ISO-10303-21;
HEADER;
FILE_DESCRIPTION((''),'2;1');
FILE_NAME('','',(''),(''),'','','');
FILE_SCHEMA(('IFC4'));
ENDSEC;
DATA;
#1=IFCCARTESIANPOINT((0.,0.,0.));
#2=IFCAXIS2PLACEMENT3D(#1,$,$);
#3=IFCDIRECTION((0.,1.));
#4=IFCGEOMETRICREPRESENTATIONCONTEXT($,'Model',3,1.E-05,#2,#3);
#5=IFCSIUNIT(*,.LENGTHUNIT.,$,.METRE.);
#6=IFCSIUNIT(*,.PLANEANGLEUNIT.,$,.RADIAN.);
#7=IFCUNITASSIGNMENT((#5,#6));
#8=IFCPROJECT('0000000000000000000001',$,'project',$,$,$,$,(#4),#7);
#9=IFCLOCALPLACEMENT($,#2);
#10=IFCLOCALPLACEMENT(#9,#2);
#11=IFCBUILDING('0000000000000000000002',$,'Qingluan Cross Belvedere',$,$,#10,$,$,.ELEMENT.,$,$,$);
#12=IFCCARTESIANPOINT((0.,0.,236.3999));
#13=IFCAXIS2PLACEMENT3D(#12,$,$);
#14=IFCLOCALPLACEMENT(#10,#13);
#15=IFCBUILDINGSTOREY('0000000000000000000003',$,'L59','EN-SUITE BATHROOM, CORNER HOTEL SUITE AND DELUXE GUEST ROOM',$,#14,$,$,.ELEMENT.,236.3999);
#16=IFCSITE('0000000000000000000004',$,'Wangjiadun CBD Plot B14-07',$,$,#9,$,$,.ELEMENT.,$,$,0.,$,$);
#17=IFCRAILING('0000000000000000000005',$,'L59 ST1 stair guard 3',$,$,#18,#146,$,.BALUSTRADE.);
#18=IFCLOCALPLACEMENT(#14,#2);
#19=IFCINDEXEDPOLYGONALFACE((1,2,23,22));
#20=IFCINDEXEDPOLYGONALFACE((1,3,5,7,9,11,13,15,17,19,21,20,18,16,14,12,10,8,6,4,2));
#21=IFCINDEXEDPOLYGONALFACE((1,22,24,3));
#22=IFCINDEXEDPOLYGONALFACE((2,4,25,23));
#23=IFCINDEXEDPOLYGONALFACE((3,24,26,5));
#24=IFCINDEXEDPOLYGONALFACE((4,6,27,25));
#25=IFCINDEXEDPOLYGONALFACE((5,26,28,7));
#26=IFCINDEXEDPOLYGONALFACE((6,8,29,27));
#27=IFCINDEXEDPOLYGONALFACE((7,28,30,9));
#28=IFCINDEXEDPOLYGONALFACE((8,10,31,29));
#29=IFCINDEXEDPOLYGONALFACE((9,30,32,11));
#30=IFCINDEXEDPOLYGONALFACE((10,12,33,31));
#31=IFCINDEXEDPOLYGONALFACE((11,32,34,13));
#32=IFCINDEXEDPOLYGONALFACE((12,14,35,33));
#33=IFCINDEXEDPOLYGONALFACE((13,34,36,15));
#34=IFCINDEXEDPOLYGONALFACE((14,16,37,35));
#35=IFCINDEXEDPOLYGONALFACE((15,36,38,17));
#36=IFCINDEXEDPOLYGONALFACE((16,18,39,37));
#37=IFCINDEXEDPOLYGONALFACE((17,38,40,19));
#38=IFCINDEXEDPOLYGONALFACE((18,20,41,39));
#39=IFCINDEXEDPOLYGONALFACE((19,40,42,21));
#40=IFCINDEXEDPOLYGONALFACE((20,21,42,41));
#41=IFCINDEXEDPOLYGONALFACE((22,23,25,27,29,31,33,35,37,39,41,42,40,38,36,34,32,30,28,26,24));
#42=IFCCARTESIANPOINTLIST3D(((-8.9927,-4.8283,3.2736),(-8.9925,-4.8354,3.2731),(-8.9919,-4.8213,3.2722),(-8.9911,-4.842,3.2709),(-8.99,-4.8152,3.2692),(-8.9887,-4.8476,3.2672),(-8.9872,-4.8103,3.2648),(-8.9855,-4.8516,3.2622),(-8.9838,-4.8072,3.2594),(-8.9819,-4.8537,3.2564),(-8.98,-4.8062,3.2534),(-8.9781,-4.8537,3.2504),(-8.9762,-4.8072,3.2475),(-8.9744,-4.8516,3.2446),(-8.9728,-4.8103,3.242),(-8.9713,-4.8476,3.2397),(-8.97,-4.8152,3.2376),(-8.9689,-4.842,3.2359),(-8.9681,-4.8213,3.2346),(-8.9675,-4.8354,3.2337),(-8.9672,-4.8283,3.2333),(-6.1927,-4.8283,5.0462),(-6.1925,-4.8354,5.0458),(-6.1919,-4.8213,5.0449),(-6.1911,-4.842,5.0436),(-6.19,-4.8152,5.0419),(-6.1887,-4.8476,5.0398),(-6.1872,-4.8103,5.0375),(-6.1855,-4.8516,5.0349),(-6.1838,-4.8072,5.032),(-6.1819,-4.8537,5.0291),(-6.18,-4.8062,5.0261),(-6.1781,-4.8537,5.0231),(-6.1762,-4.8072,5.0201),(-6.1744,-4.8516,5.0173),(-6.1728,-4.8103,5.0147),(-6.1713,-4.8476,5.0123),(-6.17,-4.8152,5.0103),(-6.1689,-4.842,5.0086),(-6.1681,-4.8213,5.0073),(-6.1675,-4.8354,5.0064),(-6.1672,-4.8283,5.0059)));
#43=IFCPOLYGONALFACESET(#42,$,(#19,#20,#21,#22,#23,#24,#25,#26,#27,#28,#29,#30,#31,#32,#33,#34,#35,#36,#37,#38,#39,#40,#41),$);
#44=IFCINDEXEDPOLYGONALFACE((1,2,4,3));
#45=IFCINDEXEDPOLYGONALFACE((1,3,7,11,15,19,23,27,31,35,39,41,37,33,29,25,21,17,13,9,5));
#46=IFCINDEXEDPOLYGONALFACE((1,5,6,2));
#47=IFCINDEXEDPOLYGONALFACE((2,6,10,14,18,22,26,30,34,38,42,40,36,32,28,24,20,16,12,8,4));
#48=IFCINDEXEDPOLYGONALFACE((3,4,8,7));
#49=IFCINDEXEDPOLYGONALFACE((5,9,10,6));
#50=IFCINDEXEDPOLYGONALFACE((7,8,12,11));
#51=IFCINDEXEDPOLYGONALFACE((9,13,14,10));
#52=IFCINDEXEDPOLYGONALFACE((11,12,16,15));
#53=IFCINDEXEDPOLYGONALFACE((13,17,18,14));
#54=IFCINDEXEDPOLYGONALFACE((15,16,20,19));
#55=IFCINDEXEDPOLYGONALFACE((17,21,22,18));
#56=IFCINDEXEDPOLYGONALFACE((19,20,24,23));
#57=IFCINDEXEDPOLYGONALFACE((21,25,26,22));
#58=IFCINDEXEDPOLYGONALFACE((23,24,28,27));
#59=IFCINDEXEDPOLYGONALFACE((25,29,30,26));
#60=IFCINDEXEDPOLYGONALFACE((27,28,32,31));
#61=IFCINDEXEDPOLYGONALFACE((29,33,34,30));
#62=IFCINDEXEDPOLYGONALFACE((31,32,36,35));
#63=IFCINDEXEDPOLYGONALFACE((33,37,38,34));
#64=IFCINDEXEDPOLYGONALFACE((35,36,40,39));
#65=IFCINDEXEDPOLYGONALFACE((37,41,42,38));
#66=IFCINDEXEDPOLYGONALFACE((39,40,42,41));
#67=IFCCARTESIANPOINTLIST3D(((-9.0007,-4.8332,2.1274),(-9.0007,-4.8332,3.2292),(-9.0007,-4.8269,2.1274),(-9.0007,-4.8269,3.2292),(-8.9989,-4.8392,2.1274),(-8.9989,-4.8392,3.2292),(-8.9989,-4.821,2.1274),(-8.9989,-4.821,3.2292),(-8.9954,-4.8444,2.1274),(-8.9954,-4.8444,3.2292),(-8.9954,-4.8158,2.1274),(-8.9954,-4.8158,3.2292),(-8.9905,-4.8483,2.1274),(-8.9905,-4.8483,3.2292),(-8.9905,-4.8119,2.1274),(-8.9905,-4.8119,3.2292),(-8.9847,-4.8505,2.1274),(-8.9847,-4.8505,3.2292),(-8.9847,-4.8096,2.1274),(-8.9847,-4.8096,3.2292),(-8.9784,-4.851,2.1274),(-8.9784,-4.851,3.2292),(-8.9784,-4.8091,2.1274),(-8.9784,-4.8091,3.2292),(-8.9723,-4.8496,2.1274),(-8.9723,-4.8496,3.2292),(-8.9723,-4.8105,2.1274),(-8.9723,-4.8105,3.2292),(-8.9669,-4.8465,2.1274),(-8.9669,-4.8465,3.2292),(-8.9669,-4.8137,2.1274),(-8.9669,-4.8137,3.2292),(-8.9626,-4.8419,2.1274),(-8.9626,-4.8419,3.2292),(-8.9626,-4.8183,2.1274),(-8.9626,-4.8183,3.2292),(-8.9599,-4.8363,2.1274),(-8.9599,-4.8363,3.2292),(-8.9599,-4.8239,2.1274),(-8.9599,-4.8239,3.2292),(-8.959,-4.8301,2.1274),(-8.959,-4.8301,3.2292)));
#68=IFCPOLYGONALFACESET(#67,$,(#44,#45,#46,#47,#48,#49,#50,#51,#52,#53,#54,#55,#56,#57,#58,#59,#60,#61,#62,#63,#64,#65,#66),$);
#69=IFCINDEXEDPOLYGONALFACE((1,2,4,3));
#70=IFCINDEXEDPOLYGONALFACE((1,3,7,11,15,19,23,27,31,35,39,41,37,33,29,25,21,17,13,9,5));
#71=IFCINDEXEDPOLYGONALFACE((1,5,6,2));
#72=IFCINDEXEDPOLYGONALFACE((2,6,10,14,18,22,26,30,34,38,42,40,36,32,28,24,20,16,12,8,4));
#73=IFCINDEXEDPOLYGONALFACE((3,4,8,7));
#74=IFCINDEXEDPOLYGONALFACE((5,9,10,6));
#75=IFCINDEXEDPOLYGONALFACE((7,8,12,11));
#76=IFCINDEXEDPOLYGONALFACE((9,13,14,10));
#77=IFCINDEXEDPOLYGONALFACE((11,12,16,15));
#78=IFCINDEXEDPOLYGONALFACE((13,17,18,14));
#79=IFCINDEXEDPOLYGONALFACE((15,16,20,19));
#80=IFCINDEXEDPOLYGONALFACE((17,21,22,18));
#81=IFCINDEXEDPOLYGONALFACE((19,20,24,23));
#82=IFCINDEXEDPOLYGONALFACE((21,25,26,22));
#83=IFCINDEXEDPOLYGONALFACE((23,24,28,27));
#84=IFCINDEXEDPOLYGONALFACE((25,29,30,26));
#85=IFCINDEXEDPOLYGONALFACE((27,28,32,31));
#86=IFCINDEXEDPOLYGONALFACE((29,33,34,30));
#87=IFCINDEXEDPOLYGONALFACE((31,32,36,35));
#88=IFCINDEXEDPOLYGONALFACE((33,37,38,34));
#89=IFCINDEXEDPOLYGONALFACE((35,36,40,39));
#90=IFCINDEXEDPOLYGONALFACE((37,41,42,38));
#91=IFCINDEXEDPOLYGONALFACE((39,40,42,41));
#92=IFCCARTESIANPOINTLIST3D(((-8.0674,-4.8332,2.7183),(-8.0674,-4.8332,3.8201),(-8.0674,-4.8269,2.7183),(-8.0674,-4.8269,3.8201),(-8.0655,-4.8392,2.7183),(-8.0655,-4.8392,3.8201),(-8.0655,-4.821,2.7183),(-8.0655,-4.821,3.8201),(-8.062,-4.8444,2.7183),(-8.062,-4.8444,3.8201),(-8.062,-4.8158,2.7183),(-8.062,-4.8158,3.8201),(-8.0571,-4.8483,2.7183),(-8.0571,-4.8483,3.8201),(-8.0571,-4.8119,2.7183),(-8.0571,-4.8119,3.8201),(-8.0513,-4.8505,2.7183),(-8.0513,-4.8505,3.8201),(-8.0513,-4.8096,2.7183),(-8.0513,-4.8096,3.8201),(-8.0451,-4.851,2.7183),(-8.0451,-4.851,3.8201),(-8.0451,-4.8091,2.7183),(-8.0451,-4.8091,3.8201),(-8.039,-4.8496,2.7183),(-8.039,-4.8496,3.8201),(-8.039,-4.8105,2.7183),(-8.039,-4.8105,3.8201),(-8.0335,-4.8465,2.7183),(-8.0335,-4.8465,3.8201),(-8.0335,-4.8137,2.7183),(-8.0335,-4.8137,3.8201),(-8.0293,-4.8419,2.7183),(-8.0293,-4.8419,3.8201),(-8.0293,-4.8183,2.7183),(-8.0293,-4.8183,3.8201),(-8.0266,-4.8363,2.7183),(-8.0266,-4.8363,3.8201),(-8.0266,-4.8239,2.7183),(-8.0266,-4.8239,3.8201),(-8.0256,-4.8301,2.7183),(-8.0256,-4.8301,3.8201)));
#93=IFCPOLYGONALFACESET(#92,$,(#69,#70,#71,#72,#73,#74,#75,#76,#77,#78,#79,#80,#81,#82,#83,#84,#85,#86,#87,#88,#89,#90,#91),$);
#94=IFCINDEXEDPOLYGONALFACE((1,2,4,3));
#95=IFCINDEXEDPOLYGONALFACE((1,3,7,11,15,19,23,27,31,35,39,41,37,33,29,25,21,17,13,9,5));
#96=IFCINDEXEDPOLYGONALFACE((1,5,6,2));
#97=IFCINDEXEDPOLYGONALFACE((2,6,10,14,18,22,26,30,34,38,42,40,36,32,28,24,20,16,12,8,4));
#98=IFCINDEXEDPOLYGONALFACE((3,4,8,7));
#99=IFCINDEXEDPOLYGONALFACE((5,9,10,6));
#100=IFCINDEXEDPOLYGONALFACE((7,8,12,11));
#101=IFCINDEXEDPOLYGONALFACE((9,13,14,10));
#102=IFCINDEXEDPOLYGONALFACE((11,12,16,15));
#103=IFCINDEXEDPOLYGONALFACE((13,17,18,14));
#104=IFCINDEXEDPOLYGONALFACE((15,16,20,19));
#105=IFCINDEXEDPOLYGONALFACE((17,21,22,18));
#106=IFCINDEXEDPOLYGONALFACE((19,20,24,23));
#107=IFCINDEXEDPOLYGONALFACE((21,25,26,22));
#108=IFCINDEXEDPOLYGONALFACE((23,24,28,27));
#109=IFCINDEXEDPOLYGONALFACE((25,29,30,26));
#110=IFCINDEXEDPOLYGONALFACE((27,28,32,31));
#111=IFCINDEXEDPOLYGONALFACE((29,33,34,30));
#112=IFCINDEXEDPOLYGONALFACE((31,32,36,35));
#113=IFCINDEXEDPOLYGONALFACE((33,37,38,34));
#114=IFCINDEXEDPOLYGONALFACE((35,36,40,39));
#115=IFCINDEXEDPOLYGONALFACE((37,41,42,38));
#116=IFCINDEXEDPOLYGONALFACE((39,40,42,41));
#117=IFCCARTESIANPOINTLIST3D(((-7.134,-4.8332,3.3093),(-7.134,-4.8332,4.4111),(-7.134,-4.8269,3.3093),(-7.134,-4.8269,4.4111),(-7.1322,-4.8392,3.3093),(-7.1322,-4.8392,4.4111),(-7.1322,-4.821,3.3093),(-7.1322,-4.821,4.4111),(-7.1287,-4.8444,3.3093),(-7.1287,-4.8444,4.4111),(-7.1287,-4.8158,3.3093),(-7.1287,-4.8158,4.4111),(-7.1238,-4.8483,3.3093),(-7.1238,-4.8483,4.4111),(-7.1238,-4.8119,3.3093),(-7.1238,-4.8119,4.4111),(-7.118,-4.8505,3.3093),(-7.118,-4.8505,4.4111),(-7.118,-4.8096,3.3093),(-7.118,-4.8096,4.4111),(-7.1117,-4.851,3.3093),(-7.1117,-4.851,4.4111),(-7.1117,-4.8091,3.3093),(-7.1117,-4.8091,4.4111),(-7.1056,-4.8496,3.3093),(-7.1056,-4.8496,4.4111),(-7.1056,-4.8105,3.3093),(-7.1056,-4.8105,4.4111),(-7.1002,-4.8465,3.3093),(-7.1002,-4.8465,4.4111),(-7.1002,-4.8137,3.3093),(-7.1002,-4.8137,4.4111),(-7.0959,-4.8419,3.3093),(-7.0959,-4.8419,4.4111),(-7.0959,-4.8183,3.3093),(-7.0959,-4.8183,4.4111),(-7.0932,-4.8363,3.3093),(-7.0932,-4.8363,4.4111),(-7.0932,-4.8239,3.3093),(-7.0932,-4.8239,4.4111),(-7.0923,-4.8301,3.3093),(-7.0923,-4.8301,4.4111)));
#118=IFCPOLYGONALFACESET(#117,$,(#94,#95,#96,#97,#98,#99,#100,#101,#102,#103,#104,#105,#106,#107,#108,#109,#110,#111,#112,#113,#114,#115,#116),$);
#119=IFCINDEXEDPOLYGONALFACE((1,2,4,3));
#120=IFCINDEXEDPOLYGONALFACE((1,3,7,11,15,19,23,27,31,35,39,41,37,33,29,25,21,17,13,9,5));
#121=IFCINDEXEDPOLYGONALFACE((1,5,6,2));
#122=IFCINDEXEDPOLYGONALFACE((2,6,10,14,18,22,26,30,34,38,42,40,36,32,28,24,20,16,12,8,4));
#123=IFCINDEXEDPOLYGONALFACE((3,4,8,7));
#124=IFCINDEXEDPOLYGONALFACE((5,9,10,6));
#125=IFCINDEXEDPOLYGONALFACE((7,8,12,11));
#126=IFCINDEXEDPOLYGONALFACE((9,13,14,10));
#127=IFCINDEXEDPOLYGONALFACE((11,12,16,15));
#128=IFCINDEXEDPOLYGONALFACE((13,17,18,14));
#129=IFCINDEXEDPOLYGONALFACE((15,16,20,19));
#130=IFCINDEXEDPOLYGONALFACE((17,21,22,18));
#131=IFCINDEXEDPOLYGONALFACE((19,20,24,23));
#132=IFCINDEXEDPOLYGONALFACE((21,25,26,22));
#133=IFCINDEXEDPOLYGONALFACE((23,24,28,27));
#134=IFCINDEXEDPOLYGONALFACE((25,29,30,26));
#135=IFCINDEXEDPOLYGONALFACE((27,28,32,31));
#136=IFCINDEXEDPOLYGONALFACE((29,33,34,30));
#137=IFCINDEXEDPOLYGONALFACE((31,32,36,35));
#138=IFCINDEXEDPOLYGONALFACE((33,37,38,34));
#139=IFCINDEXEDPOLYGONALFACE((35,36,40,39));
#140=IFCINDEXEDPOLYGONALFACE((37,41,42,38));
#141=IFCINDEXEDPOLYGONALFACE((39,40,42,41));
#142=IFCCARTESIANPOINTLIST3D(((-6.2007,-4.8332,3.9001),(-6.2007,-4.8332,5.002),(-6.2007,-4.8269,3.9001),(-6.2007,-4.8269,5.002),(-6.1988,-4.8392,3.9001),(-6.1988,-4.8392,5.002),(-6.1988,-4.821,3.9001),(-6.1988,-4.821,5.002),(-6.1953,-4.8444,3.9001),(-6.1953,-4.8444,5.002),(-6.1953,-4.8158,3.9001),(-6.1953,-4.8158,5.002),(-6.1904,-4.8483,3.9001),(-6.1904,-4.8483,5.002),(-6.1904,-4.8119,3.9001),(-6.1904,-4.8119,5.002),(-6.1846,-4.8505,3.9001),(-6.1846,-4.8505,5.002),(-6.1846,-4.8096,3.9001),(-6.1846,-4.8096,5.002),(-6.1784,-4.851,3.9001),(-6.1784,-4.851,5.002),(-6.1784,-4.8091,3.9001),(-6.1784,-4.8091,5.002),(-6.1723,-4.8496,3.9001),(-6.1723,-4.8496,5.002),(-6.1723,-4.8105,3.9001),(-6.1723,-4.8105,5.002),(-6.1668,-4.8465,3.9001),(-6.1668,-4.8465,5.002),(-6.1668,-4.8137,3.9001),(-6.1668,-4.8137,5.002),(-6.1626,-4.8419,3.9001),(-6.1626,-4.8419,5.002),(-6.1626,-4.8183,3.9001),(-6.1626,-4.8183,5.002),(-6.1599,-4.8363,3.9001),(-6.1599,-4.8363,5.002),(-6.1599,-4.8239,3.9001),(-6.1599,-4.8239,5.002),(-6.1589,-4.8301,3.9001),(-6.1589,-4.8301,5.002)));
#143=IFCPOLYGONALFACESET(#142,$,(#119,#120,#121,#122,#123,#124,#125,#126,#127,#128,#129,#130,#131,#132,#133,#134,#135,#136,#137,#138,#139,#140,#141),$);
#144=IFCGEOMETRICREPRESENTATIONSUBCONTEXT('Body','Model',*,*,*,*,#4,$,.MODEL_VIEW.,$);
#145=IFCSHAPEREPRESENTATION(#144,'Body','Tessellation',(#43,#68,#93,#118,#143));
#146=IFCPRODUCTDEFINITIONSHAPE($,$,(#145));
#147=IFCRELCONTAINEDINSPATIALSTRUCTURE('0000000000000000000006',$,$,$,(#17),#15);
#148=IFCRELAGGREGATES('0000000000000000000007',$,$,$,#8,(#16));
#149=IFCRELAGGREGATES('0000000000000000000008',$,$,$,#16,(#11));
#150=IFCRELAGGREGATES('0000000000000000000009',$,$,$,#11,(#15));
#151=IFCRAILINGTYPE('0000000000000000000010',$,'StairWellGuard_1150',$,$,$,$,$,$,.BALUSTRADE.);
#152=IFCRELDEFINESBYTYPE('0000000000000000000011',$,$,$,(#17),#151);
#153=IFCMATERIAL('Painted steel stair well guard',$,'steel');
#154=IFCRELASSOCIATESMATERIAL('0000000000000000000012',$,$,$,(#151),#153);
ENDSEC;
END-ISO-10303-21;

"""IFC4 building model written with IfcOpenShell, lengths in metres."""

from ifc_helpers import new_model, si_unit, direction, frame, origin, origin_2d, place, context, subcontext, project, spatial, circle, extrude, material, type_object, element, save


model = new_model("IFC4")

# Units and contexts
model_context = context("Model", 3, precision=1e-05, world=origin(), true_north=direction((0.0, 1.0)))
body_context = subcontext(model_context, "Body", "Model", "MODEL_VIEW")
ifc_project = project(units=[si_unit("LENGTHUNIT", "METRE"), si_unit("PLANEANGLEUNIT", "RADIAN")], contexts=[model_context])

# Site, building, storey
site_placement = place(None, origin())
site = spatial("IfcSite", under=ifc_project, at=site_placement, Name="Wangjiadun CBD Plot B14-07", CompositionType="ELEMENT", RefElevation=0.0)
building_placement = place(site_placement, origin())
building = spatial("IfcBuilding", under=site, at=building_placement, Name="Qingluan Cross Belvedere", CompositionType="ELEMENT")
storey_placement = place(building_placement, frame((0.0, 0.0, 236.3999)))
storey = spatial("IfcBuildingStorey", under=building, at=storey_placement, Name="L59", Description="EN-SUITE BATHROOM, CORNER HOTEL SUITE AND DELUXE GUEST ROOM", CompositionType="ELEMENT", Elevation=236.3999)

# Railing
ifc_material_1 = material(Name="Painted steel stair well guard", Category="steel")
railing_type_1 = type_object("IfcRailingType", Name="StairWellGuard_1150", PredefinedType="BALUSTRADE", material=ifc_material_1)
railing_1_placement = place(storey_placement, frame((-8.98, -4.8301, 2.1274)))
element("IfcRailing", 1, at=railing_1_placement, inside=storey, type_object=railing_type_1, Name="L59 ST1 stair guard 3", PredefinedType="BALUSTRADE", context=body_context, shape_type="SweptSolid", body=[
    extrude(circle(Radius=0.0239, at=origin_2d()), frame((0.0, 0.0, 1.126), z_axis=(0.844909, 0.0, 0.53491), x_axis=(0.0, 1.0, 0.0)), (0.0, 0.0, 1.0), 3.314),
    extrude(circle(Radius=0.021, at=origin_2d()), origin(), (0.0, 0.0, 1.0), 1.1018),
    extrude(circle(Radius=0.021, at=origin_2d()), frame((0.9333, 0.0, 0.5908)), (0.0, 0.0, 1.0), 1.1018),
    extrude(circle(Radius=0.021, at=origin_2d()), frame((1.8667, 0.0, 1.1819)), (0.0, 0.0, 1.0), 1.1018),
    extrude(circle(Radius=0.021, at=origin_2d()), frame((2.8, 0.0, 1.7727)), (0.0, 0.0, 1.0), 1.1018),
])

save(model, "model.ifc")
